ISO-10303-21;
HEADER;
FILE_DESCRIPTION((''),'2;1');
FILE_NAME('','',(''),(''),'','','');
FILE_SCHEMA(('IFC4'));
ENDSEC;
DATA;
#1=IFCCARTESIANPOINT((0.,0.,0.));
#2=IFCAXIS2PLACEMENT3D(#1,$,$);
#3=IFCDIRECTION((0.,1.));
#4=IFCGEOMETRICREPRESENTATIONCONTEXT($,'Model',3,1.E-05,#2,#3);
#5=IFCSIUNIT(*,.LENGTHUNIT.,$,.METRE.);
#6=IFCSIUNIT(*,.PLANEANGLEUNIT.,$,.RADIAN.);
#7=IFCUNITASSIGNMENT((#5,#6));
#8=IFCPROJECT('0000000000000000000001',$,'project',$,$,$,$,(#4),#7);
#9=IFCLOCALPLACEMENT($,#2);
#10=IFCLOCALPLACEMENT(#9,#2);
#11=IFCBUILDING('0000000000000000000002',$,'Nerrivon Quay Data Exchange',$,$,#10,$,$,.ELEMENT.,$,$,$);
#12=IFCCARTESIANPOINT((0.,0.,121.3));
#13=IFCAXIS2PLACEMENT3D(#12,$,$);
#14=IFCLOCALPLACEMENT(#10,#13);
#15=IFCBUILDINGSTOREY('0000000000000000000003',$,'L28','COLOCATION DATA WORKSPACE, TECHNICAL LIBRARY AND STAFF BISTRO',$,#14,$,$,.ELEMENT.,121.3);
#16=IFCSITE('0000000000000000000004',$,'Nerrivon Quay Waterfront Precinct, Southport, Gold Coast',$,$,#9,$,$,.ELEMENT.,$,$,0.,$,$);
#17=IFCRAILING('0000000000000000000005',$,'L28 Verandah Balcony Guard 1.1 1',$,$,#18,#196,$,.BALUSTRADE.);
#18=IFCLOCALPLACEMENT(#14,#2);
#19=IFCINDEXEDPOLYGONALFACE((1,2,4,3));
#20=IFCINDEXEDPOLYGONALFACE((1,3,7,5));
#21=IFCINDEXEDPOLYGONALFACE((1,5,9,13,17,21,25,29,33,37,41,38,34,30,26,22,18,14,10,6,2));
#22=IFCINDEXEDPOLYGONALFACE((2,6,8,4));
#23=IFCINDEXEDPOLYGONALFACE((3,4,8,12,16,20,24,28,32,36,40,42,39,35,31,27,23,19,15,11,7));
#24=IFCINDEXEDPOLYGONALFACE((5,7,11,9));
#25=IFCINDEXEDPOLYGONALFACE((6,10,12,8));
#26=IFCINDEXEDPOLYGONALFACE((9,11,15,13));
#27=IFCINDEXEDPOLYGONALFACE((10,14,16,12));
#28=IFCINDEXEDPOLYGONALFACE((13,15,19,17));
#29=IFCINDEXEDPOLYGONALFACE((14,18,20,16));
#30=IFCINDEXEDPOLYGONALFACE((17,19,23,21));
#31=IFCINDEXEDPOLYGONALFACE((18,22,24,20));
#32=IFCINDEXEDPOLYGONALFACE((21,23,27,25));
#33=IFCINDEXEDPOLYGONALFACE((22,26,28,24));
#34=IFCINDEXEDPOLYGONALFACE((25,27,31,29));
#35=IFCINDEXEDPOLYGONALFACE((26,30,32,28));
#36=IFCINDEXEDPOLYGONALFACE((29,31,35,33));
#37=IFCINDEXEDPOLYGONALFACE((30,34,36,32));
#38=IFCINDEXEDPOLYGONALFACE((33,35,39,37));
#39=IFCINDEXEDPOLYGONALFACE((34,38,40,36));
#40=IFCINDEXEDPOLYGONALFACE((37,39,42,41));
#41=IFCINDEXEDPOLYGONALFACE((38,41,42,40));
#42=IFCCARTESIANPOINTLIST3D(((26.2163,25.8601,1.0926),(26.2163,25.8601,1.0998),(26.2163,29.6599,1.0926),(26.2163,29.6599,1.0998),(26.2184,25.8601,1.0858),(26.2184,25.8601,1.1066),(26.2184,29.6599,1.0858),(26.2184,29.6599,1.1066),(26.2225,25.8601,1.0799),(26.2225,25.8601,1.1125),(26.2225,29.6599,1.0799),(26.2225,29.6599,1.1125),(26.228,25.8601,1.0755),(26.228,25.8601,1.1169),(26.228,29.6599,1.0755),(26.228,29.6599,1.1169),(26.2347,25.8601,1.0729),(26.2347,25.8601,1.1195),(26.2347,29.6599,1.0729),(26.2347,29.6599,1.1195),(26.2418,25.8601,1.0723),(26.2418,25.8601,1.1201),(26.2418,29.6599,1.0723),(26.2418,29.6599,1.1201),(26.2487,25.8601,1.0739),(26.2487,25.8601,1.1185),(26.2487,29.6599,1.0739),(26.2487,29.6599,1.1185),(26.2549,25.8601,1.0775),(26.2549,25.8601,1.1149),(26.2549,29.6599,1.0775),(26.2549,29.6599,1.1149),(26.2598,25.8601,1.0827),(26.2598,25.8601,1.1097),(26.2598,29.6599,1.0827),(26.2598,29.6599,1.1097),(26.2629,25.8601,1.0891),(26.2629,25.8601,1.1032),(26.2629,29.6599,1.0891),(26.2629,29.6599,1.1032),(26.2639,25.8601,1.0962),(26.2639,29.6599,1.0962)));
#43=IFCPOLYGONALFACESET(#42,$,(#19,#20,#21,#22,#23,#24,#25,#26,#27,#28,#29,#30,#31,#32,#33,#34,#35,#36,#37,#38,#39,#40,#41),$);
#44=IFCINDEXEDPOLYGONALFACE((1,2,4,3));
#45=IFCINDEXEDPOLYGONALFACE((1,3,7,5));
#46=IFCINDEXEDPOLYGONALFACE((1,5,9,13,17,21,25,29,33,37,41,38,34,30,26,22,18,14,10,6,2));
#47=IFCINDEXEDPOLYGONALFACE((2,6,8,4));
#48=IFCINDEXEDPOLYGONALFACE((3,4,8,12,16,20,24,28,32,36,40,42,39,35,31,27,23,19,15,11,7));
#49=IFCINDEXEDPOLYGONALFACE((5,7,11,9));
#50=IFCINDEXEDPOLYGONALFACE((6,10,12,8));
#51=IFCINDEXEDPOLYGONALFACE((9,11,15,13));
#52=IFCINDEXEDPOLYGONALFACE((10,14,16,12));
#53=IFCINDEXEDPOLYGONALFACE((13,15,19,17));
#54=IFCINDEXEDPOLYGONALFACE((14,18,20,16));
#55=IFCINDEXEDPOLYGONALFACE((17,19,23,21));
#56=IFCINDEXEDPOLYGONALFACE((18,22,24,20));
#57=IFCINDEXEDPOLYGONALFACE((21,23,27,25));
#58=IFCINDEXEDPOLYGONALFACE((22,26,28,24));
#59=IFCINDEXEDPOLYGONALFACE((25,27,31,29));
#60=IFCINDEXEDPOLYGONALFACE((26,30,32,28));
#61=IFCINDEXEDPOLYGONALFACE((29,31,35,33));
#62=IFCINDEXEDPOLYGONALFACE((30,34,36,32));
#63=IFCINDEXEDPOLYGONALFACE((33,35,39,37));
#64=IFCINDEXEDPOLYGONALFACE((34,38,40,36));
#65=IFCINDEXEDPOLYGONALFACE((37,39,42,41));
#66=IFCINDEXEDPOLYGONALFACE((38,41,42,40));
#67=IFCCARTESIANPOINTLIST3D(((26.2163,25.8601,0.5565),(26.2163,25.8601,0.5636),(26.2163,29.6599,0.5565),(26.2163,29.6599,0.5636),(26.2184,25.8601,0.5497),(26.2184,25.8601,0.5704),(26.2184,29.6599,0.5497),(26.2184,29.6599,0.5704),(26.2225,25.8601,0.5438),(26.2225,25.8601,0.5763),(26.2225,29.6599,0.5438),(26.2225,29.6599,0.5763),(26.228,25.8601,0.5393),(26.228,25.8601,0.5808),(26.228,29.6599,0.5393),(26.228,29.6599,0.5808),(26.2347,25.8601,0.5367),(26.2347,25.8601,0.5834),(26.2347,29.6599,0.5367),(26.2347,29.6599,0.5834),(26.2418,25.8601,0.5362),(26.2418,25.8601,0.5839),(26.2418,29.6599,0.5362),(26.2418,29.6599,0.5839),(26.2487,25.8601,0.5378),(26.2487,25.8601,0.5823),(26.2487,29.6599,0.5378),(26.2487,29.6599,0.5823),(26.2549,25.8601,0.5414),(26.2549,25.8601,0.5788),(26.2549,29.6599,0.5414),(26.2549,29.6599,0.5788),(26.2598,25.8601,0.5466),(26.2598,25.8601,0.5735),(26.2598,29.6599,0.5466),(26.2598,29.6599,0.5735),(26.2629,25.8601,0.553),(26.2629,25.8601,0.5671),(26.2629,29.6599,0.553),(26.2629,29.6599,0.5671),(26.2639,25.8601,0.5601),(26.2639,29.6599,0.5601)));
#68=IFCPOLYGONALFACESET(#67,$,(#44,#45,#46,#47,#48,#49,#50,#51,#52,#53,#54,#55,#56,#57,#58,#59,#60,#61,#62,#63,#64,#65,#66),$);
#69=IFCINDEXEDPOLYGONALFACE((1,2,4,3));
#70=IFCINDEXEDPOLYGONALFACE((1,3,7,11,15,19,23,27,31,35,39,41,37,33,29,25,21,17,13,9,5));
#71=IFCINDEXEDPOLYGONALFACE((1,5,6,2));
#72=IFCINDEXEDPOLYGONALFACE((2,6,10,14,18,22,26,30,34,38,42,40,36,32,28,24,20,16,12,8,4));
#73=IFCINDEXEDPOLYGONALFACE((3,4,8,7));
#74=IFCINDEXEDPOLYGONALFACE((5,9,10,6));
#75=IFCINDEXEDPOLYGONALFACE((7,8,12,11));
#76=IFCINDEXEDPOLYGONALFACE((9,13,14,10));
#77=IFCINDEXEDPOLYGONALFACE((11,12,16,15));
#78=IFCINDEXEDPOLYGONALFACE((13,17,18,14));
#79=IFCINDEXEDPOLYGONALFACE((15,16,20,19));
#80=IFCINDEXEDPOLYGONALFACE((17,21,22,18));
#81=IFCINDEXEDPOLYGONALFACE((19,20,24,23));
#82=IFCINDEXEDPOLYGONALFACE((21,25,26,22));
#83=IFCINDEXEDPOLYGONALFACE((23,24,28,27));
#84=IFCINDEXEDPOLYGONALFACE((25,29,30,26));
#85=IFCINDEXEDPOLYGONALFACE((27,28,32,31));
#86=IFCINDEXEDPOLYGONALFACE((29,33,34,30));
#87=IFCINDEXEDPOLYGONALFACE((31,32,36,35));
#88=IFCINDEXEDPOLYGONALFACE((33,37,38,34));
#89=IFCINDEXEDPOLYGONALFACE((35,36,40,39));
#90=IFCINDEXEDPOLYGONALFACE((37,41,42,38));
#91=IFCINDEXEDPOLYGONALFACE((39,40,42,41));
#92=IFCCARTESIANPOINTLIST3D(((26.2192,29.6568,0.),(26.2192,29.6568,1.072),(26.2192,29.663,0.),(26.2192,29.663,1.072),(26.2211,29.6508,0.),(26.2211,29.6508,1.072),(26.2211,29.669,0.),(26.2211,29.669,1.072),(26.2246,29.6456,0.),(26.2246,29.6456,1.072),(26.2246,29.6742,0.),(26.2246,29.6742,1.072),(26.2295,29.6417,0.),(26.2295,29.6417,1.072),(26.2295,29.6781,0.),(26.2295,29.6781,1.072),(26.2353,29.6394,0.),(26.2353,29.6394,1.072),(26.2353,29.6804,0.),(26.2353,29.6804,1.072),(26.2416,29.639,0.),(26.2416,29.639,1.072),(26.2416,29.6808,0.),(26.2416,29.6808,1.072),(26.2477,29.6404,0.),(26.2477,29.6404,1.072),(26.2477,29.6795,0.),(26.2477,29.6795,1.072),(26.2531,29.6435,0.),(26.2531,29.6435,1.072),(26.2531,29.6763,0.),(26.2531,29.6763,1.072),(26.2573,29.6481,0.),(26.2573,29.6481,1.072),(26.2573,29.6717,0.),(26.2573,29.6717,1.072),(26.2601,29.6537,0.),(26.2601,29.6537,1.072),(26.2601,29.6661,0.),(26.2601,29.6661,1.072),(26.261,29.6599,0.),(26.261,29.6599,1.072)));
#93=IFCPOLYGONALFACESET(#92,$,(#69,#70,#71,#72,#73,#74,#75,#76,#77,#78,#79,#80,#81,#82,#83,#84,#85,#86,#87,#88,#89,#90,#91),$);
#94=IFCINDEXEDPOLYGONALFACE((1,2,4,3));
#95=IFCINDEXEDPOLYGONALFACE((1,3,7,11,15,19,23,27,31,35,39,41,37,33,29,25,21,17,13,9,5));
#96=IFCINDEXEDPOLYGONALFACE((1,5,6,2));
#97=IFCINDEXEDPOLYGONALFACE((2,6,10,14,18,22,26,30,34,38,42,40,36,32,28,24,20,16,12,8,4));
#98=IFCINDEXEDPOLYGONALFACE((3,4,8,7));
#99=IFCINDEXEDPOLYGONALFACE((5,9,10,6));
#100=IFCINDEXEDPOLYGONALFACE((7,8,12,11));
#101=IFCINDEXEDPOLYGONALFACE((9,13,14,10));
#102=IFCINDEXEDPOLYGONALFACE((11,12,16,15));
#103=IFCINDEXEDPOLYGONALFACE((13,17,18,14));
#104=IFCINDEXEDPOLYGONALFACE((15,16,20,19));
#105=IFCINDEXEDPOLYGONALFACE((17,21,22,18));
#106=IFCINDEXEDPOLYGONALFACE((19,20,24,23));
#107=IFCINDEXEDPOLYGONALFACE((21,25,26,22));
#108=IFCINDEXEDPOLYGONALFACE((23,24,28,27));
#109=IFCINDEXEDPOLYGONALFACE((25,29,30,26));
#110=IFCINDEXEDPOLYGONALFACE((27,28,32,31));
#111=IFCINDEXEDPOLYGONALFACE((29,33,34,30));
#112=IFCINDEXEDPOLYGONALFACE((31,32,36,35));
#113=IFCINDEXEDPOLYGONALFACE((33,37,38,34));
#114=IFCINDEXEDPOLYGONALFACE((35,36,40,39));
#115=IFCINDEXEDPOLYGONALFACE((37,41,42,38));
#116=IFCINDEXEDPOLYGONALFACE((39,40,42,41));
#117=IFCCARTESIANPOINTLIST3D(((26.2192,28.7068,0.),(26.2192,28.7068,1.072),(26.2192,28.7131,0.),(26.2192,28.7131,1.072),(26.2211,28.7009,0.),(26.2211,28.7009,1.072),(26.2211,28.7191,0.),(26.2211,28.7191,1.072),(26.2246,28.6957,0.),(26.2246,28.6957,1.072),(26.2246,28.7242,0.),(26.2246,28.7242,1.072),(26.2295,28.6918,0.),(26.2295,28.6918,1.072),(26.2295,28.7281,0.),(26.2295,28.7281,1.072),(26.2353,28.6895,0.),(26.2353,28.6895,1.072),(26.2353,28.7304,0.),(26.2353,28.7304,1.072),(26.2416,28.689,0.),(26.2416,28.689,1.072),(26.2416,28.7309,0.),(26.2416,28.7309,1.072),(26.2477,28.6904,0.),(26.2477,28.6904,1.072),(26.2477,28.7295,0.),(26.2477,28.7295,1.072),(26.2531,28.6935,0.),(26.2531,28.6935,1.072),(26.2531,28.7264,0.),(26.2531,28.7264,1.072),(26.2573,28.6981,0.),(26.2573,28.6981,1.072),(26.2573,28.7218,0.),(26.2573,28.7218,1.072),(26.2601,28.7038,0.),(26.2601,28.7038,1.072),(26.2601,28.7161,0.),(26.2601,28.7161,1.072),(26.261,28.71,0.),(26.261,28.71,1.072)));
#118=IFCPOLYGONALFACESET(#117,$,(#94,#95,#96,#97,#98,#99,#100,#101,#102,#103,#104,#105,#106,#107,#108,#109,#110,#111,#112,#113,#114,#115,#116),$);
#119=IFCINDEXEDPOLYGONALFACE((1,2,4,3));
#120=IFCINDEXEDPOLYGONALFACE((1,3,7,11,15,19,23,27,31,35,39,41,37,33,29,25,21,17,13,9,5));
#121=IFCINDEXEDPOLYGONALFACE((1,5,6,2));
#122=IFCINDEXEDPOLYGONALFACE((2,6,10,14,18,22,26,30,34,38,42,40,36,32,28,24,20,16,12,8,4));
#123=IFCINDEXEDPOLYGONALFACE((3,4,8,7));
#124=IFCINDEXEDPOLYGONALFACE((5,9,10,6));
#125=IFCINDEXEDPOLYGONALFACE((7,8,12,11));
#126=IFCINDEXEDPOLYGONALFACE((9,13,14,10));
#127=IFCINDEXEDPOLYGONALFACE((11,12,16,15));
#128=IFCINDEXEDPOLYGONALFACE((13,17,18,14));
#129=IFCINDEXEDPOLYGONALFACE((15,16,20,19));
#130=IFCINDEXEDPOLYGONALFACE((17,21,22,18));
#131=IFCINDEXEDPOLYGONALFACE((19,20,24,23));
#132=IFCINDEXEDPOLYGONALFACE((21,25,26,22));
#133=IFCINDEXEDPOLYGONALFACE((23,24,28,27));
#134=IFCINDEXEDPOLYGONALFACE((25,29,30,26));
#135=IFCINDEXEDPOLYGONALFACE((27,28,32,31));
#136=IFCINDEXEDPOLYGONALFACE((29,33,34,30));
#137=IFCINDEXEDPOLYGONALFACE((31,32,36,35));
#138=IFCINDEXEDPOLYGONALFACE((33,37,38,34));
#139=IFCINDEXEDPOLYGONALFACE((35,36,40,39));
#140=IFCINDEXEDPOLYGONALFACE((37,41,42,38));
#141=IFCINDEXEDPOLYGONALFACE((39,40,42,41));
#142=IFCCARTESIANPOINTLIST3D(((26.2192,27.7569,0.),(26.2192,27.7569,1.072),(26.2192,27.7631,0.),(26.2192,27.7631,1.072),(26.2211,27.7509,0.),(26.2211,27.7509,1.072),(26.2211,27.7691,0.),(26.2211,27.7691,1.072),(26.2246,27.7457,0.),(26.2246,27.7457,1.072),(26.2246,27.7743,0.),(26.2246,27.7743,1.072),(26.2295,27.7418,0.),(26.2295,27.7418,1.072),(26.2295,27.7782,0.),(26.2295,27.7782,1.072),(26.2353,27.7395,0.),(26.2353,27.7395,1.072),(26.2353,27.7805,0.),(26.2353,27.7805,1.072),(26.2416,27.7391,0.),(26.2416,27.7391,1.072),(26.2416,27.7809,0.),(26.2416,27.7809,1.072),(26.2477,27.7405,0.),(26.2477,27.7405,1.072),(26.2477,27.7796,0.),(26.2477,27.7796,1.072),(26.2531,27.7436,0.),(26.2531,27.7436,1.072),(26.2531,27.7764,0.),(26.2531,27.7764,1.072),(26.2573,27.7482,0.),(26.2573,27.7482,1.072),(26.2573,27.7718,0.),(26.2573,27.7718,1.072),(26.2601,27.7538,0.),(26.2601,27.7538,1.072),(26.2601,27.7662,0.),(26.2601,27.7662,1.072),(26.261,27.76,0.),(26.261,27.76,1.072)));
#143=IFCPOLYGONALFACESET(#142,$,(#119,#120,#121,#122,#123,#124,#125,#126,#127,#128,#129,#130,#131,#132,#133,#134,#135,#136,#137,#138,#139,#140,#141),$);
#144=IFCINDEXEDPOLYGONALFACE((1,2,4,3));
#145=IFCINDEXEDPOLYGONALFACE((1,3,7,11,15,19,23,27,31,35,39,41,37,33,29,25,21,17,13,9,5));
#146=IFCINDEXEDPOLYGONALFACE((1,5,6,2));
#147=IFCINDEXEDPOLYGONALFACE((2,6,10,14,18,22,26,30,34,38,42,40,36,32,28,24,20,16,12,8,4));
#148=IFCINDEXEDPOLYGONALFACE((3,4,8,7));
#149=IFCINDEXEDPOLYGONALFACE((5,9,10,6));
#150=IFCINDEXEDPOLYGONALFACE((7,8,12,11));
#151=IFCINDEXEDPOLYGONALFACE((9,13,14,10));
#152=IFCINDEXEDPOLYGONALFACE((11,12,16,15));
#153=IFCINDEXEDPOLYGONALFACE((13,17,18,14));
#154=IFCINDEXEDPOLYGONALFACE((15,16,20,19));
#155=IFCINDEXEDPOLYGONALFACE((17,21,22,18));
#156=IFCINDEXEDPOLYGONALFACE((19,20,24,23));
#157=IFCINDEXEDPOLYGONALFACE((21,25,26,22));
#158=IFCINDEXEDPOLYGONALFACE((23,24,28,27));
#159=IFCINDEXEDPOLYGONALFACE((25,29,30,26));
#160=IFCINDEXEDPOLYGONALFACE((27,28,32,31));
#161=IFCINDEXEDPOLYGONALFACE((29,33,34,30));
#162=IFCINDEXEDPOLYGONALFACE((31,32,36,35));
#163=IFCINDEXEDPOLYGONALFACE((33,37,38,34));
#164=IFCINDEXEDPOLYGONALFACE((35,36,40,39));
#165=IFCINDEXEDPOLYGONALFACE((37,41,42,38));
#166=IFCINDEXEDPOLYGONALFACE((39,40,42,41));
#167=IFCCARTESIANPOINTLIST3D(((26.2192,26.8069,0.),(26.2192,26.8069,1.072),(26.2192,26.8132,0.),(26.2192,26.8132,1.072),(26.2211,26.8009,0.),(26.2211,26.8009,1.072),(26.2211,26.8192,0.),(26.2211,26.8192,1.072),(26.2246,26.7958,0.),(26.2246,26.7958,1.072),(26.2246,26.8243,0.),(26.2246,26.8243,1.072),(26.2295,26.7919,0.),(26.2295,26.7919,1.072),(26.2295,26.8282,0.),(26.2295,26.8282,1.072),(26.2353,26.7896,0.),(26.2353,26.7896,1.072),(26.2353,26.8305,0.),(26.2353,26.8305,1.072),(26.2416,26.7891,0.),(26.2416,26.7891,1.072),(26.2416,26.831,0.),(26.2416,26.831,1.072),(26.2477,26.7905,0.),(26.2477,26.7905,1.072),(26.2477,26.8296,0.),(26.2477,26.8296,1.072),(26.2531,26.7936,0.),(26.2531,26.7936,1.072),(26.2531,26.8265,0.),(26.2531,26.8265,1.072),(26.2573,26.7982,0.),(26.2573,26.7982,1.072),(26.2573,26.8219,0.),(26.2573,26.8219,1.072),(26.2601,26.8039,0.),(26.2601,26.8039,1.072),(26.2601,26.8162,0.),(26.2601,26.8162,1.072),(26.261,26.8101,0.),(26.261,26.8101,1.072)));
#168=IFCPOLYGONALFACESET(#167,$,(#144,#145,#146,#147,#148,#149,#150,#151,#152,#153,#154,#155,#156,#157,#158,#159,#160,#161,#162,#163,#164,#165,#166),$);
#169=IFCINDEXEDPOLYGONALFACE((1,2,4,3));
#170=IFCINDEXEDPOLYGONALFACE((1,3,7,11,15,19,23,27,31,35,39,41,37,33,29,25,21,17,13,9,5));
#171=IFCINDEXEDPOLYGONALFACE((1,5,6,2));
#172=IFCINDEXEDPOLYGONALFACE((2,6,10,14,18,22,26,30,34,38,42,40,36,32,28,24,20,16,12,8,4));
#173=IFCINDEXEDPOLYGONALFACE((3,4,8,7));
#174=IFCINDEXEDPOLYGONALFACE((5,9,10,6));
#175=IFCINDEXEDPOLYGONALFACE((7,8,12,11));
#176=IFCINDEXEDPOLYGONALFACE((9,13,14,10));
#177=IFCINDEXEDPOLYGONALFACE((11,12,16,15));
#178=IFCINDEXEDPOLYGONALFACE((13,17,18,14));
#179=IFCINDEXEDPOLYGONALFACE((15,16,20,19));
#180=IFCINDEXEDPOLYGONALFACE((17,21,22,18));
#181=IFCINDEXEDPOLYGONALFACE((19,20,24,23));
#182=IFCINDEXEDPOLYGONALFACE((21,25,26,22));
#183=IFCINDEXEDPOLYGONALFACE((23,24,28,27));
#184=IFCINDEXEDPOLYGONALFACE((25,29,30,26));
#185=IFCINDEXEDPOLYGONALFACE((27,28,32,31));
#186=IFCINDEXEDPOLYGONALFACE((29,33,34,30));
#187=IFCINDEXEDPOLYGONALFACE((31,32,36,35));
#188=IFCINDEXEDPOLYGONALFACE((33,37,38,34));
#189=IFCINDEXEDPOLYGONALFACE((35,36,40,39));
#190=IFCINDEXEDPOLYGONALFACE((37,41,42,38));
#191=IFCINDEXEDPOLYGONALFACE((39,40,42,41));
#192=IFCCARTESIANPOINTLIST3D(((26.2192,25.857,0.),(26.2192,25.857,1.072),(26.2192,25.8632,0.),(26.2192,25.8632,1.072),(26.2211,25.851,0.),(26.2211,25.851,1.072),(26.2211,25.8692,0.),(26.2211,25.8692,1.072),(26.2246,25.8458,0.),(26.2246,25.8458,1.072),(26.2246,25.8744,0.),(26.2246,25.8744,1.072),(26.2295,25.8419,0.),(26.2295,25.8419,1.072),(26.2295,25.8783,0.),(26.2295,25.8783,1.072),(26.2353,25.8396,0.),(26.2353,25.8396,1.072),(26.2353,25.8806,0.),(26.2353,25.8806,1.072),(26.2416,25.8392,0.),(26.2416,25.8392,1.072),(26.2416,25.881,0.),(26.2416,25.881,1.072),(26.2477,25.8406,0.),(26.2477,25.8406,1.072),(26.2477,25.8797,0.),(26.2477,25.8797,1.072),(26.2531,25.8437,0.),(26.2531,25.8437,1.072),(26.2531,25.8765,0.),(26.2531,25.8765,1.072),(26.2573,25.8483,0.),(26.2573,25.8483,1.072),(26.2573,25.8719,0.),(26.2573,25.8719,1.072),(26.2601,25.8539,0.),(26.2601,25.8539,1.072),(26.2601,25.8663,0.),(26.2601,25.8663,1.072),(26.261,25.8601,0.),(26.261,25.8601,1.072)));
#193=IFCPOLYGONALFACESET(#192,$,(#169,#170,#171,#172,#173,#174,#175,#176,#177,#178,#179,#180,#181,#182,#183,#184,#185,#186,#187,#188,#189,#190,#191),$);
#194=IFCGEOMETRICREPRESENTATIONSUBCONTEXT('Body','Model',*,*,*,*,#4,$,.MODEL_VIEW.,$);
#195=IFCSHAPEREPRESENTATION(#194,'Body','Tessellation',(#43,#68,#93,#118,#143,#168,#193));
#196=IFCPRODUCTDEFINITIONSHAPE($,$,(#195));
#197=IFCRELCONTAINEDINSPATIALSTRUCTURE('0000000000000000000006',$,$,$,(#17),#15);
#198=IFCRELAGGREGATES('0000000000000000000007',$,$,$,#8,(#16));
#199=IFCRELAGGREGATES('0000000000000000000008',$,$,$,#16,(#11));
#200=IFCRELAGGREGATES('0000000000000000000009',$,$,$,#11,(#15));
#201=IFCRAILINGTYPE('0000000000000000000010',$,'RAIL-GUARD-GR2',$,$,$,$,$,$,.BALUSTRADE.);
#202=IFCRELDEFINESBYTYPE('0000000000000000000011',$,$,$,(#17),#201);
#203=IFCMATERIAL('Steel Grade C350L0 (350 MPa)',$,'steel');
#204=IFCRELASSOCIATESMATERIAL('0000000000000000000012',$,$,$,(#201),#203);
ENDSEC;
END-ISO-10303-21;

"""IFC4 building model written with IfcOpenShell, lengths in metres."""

from ifc_helpers import new_model, si_unit, direction, frame, origin, origin_2d, place, context, subcontext, project, spatial, circle, extrude, material, type_object, element, save


model = new_model("IFC4")

# Units and contexts
model_context = context("Model", 3, precision=1e-05, world=origin(), true_north=direction((0.0, 1.0)))
body_context = subcontext(model_context, "Body", "Model", "MODEL_VIEW")
ifc_project = project(units=[si_unit("LENGTHUNIT", "METRE"), si_unit("PLANEANGLEUNIT", "RADIAN")], contexts=[model_context])

# Site, building, storey
site_placement = place(None, origin())
site = spatial("IfcSite", under=ifc_project, at=site_placement, Name="Nerrivon Quay Waterfront Precinct, Southport, Gold Coast", CompositionType="ELEMENT", RefElevation=0.0)
building_placement = place(site_placement, origin())
building = spatial("IfcBuilding", under=site, at=building_placement, Name="Nerrivon Quay Data Exchange", CompositionType="ELEMENT")
storey_placement = place(building_placement, frame((0.0, 0.0, 121.3)))
storey = spatial("IfcBuildingStorey", under=building, at=storey_placement, Name="L28", Description="COLOCATION DATA WORKSPACE, TECHNICAL LIBRARY AND STAFF BISTRO", CompositionType="ELEMENT", Elevation=121.3)

# Railing
ifc_material_1 = material(Name="Steel Grade C350L0 (350 MPa)", Category="steel")
railing_type = type_object("IfcRailingType", Name="RAIL-GUARD-GR2", PredefinedType="BALUSTRADE", material=ifc_material_1)
railing_1_placement = place(storey_placement, frame((26.24, 29.6599, 0.0)))
element("IfcRailing", 1, at=railing_1_placement, inside=storey, type_object=railing_type, Name="L28 Verandah Balcony Guard 1.1 1", PredefinedType="BALUSTRADE", context=body_context, shape_type="SweptSolid", body=[
    extrude(circle(Radius=0.0239, at=origin_2d()), frame((0.0, 0.0, 1.0962), z_axis=(0.0, -1.0, 0.0), x_axis=(1.0, 0.0, 0.0)), (0.0, 0.0, 1.0), 3.7998),
    extrude(circle(Radius=0.0239, at=origin_2d()), frame((0.0, 0.0, 0.5601), z_axis=(0.0, -1.0, 0.0), x_axis=(1.0, 0.0, 0.0)), (0.0, 0.0, 1.0), 3.7998),
    extrude(circle(Radius=0.021, at=origin_2d()), origin(), (0.0, 0.0, 1.0), 1.072),
    extrude(circle(Radius=0.021, at=origin_2d()), frame((0.0, -0.95, 0.0)), (0.0, 0.0, 1.0), 1.072),
    extrude(circle(Radius=0.021, at=origin_2d()), frame((0.0, -1.8999, 0.0)), (0.0, 0.0, 1.0), 1.072),
    extrude(circle(Radius=0.021, at=origin_2d()), frame((0.0, -2.8499, 0.0)), (0.0, 0.0, 1.0), 1.072),
    extrude(circle(Radius=0.021, at=origin_2d()), frame((0.0, -3.7998, 0.0)), (0.0, 0.0, 1.0), 1.072),
])

save(model, "model.ifc")
